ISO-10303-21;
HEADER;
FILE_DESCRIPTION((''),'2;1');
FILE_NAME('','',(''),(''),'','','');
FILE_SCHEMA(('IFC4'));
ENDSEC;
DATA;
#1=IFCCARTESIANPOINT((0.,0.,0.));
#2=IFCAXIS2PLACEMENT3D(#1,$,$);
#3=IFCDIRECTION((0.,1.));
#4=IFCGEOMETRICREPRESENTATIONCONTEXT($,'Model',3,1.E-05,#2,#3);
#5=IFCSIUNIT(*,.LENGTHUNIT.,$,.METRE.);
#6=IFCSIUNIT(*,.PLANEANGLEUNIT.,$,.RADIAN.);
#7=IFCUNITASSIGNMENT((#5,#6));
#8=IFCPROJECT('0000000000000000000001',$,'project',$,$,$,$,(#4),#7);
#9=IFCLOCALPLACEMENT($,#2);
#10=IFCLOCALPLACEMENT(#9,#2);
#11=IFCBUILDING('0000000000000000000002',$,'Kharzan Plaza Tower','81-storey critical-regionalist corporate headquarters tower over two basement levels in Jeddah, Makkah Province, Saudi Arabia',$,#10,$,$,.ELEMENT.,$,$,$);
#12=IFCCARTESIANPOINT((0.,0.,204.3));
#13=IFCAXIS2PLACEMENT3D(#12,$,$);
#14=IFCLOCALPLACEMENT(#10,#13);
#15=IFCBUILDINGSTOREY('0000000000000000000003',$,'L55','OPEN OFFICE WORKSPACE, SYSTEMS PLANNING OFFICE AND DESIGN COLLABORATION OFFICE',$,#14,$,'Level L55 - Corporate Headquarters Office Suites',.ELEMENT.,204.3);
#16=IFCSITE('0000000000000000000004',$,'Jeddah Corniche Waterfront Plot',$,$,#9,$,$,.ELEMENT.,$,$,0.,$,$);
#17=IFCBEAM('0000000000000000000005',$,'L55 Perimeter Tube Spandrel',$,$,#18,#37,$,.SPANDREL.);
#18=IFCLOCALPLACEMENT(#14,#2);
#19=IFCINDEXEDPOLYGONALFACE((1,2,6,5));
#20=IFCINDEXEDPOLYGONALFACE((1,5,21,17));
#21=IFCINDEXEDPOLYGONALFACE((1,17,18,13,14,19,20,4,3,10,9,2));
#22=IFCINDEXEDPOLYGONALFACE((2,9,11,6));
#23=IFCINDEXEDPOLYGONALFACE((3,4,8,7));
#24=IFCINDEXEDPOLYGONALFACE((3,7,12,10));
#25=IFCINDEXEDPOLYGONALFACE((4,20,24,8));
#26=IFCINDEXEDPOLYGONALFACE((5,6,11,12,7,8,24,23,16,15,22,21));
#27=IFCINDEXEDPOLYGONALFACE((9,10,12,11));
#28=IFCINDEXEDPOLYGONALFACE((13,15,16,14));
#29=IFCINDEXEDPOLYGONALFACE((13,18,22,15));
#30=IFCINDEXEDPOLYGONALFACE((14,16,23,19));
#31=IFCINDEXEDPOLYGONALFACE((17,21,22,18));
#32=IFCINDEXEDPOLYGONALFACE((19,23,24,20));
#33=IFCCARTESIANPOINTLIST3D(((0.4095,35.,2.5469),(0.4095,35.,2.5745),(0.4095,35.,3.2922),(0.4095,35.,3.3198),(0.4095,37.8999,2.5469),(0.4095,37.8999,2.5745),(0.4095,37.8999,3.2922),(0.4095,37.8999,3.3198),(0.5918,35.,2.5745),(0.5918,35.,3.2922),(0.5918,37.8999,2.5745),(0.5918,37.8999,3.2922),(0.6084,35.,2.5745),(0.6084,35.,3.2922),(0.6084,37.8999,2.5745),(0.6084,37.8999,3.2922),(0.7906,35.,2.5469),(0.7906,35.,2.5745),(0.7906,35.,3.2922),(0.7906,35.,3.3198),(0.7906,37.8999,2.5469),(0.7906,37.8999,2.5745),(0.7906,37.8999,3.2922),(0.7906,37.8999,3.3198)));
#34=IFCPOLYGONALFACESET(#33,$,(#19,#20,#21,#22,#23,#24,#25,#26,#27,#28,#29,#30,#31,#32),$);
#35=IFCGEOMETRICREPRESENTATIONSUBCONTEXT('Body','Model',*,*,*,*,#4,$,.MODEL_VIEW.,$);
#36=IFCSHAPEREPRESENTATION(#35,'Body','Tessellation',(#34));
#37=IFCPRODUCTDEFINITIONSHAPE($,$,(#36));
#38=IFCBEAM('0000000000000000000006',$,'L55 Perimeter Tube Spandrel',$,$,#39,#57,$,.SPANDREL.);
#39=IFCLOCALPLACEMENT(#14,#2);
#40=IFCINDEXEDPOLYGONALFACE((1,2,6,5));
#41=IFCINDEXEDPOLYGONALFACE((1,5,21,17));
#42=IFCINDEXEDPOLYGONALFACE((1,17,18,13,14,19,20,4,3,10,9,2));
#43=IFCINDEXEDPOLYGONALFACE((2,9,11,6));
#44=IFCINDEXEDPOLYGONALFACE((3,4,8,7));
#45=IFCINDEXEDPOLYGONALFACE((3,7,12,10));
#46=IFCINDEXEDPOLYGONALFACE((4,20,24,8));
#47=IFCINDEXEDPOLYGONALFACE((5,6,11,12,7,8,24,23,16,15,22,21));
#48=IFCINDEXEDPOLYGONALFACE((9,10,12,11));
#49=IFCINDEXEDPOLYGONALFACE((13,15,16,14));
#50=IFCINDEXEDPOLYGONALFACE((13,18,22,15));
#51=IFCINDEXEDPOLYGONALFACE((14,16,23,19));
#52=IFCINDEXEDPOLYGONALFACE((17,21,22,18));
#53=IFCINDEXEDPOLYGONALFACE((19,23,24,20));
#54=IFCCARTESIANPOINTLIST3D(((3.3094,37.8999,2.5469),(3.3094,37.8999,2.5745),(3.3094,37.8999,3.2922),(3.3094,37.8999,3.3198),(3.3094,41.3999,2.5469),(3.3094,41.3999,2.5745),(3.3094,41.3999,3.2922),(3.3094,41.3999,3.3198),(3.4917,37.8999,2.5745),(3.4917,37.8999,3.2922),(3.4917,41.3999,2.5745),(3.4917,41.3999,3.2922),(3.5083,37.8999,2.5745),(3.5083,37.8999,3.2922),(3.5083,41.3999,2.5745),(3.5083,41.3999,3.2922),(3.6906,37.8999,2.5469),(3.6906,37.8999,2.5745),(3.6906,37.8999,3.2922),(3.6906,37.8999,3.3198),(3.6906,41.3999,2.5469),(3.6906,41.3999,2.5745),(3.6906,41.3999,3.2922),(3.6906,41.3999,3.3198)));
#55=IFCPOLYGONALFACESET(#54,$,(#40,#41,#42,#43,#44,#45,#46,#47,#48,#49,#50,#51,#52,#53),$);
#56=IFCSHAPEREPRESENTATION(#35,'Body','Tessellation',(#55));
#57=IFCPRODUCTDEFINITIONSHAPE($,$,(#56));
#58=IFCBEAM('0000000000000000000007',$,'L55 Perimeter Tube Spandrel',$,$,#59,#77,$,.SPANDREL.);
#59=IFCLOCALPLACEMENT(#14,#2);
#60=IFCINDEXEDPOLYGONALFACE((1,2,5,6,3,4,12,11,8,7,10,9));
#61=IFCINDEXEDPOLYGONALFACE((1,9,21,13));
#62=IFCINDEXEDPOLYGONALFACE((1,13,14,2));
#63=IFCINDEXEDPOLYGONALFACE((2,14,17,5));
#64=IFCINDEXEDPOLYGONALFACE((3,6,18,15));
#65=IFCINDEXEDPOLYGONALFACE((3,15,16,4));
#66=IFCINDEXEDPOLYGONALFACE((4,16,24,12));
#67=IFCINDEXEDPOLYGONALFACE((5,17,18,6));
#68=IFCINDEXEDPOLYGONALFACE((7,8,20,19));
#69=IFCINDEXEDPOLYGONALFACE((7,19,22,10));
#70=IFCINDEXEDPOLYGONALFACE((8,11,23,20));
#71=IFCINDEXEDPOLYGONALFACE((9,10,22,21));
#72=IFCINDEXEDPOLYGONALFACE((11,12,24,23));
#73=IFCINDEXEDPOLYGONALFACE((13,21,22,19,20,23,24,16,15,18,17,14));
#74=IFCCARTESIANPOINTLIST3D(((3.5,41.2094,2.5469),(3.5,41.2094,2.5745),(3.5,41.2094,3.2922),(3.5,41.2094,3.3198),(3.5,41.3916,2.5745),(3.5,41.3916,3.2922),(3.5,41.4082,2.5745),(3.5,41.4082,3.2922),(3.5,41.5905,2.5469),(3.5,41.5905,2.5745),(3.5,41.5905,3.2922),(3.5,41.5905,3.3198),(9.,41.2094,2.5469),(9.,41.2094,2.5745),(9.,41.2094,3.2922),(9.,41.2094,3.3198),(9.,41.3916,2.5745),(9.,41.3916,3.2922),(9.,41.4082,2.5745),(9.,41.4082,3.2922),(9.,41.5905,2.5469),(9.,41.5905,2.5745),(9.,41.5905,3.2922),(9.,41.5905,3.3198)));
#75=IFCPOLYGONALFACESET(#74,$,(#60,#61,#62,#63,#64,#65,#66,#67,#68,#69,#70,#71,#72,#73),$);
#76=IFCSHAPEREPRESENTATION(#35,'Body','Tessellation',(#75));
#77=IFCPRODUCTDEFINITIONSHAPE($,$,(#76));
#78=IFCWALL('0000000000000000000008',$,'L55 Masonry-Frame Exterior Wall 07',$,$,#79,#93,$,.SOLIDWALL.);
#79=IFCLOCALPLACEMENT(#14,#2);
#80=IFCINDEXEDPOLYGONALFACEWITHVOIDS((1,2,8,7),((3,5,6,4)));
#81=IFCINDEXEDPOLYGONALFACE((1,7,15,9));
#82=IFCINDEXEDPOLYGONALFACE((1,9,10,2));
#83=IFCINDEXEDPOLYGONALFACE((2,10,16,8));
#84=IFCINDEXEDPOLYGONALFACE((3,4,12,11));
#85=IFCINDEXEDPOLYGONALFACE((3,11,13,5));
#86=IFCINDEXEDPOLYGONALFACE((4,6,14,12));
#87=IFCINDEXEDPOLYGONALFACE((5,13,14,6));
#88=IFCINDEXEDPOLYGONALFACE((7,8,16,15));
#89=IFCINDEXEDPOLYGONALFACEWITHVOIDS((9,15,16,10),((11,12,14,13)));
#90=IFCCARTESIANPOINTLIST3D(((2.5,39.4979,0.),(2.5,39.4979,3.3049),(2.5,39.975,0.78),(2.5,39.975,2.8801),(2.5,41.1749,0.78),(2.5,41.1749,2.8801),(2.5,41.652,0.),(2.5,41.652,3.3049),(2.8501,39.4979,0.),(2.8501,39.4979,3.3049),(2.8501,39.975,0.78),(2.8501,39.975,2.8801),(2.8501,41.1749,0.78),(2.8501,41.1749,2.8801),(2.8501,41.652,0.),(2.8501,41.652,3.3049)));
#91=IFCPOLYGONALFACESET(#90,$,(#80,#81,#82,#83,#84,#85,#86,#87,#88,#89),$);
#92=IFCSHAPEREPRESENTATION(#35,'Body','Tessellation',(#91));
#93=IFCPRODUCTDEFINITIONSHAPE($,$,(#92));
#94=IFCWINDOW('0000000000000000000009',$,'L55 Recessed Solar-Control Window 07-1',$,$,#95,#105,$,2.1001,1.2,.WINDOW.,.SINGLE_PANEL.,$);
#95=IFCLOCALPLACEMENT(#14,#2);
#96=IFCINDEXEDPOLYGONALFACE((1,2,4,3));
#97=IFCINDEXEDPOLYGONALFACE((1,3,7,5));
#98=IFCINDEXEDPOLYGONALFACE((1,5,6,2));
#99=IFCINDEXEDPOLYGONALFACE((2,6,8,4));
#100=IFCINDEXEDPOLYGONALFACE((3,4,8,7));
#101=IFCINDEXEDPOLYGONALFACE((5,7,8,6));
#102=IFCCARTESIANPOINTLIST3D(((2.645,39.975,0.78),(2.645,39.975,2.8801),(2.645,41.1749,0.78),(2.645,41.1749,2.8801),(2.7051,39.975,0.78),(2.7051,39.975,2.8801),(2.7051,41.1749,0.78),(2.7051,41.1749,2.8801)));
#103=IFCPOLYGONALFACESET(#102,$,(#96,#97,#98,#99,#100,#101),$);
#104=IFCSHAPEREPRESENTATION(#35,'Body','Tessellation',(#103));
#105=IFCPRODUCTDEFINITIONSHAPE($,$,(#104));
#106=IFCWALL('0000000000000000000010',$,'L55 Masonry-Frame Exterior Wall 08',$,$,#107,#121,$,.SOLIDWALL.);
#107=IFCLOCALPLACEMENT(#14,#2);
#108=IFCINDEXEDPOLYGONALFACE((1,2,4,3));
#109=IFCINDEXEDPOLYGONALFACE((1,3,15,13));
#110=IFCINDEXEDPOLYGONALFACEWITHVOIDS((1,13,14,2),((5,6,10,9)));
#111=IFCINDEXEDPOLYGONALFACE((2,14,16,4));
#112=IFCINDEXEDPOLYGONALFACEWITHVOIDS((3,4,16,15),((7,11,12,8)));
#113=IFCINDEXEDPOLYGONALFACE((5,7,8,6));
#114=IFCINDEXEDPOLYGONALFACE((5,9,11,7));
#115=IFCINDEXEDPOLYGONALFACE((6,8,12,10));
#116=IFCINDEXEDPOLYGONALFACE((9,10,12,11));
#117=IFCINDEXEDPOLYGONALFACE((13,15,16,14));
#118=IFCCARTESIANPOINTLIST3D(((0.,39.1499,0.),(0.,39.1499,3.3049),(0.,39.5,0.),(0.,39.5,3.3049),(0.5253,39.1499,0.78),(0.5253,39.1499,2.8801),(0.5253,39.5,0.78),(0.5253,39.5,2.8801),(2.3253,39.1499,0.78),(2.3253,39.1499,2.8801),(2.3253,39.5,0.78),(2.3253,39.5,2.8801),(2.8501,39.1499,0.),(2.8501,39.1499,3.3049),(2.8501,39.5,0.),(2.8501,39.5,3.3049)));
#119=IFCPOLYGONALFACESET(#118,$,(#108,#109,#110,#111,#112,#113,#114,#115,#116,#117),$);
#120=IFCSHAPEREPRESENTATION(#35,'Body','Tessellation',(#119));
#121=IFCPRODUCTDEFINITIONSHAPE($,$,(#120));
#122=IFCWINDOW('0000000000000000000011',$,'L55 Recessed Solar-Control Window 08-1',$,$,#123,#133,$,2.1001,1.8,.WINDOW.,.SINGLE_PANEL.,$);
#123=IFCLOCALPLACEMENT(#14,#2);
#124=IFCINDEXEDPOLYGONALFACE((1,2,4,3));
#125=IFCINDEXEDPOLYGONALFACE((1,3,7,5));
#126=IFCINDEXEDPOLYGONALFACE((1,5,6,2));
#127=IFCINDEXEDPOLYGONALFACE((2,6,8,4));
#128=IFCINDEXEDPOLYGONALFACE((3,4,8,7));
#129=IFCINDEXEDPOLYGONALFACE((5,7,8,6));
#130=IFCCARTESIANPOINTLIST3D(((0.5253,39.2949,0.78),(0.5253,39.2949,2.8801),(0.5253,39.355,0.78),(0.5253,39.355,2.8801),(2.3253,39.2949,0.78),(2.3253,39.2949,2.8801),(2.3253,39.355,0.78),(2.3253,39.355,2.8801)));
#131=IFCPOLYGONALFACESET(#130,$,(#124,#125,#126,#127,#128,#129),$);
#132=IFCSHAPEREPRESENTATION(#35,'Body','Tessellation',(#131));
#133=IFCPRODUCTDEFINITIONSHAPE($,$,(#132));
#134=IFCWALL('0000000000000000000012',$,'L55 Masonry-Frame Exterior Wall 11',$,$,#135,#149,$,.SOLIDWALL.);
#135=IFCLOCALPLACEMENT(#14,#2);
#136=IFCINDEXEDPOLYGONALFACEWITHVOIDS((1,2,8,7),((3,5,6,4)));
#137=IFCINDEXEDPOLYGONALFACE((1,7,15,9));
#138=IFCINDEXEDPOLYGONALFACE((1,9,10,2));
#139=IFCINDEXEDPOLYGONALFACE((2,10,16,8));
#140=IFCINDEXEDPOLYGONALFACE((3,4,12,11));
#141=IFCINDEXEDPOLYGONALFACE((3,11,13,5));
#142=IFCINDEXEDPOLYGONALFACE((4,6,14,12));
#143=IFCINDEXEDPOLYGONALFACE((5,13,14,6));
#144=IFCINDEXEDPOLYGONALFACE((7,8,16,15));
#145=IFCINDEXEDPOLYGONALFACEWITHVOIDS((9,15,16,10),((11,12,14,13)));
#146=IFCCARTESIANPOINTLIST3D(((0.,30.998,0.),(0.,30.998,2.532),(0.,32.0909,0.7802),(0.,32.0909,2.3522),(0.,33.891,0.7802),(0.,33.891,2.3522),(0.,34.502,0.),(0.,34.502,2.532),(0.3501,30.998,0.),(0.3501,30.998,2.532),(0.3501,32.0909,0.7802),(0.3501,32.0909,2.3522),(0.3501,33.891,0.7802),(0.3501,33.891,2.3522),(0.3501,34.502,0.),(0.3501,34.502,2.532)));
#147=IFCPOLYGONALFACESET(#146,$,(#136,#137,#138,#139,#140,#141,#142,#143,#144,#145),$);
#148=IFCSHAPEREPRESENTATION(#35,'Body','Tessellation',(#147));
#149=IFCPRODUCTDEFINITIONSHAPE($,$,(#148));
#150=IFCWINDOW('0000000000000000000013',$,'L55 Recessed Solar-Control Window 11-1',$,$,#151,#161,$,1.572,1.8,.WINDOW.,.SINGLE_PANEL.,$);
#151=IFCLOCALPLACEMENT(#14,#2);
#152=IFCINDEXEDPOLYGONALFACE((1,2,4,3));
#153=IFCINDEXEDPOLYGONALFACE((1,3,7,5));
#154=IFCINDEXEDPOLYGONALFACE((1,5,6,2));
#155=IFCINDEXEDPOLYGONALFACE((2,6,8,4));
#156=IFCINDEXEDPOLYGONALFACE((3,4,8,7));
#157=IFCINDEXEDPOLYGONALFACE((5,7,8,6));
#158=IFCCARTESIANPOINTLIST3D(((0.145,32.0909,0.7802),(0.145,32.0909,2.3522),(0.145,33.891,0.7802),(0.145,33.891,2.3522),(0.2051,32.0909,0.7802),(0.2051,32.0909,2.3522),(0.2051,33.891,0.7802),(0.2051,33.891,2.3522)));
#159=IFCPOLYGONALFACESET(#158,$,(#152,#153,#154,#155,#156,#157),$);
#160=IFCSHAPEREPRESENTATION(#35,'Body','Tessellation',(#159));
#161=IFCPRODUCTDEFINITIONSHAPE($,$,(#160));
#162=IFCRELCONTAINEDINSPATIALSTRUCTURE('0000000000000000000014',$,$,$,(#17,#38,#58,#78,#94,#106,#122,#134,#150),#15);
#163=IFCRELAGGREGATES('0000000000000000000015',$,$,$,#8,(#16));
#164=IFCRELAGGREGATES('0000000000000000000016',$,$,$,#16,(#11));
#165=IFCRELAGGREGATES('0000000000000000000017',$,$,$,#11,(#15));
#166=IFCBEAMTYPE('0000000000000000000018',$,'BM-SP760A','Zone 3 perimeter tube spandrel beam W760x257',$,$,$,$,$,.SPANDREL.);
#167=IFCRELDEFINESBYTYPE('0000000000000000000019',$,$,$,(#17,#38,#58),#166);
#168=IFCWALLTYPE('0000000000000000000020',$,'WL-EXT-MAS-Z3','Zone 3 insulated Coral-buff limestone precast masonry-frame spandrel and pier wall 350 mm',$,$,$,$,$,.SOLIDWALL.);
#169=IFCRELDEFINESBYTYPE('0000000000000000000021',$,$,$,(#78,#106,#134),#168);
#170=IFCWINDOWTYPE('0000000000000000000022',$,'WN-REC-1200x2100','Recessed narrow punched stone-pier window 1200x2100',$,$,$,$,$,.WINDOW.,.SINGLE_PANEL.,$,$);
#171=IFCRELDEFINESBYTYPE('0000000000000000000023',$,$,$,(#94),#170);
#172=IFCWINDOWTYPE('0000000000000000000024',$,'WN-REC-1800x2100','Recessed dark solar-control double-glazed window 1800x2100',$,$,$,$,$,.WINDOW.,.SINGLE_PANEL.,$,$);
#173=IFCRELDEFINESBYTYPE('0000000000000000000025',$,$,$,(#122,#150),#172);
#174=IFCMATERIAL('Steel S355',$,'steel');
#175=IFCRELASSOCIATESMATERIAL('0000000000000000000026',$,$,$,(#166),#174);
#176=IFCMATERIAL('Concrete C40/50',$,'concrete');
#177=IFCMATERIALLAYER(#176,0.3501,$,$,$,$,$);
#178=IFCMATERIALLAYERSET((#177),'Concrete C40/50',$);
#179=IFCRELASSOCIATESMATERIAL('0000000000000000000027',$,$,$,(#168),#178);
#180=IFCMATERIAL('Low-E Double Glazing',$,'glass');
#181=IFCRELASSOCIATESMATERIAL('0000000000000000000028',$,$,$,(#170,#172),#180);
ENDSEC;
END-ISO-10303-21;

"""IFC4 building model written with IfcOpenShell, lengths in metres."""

from ifc_helpers import new_model, si_unit, direction, frame, frame_2d, origin, origin_2d, place, context, subcontext, project, spatial, rectangle, i_section, extrude, source, transform, mapped, material, layer, layer_set, material_profile, profile_set, type_object, element, fill, save


model = new_model("IFC4")

# Units and contexts
model_context = context("Model", 3, precision=1e-05, world=origin(), true_north=direction((0.0, 1.0)))
body_context = subcontext(model_context, "Body", "Model", "MODEL_VIEW")
ifc_project = project(units=[si_unit("LENGTHUNIT", "METRE"), si_unit("PLANEANGLEUNIT", "RADIAN")], contexts=[model_context])

# Site, building, storey
site_placement = place(None, origin())
site = spatial("IfcSite", under=ifc_project, at=site_placement, Name="Jeddah Corniche Waterfront Plot", CompositionType="ELEMENT", RefElevation=0.0)
building_placement = place(site_placement, origin())
building = spatial("IfcBuilding", under=site, at=building_placement, Name="Kharzan Plaza Tower", Description="81-storey critical-regionalist corporate headquarters tower over two basement levels in Jeddah, Makkah Province, Saudi Arabia", CompositionType="ELEMENT")
storey_placement = place(building_placement, frame((0.0, 0.0, 204.3)))
storey = spatial("IfcBuildingStorey", under=building, at=storey_placement, Name="L55", Description="OPEN OFFICE WORKSPACE, SYSTEMS PLANNING OFFICE AND DESIGN COLLABORATION OFFICE", LongName="Level L55 - Corporate Headquarters Office Suites", CompositionType="ELEMENT", Elevation=204.3)

# Beams
ifc_material_1 = material(Name="Steel S355", Category="steel")
ifc_material_profile_1 = material_profile(ifc_material_1, i_section(OverallWidth=0.3811, OverallDepth=0.7729, WebThickness=0.0166, FlangeThickness=0.0276, at=origin_2d()), Name="W760x257")
ifc_profile_set_1 = profile_set([ifc_material_profile_1], Name="Steel S355")
beam_type_1 = type_object("IfcBeamType", Name="BM-SP760A", Description="Zone 3 perimeter tube spandrel beam W760x257", PredefinedType="SPANDREL", material=ifc_profile_set_1)
shared_shape_1 = source(origin(), body_context, "Body", "SweptSolid", [
    extrude(i_section(OverallWidth=0.3811, OverallDepth=0.7729, WebThickness=0.0166, FlangeThickness=0.0276, at=origin_2d()), origin(), (0.0, 0.0, 1.0), 2.8999),
])
beam_1_placement = place(storey_placement, frame((0.6001, 35.0, 2.9333), z_axis=(0.0, 1.0, 0.0), x_axis=(-1.0, 0.0, 0.0)))
element("IfcBeam", 1, at=beam_1_placement, inside=storey, type_object=beam_type_1, Name="L55 Perimeter Tube Spandrel", PredefinedType="SPANDREL", context=body_context, shape_type="MappedRepresentation", body=[
    mapped(shared_shape_1, transform((0.0, 0.0, 0.0), x_axis=(1.0, 0.0, 0.0), y_axis=(0.0, 1.0, 0.0), z_axis=(0.0, 0.0, 1.0))),
])
shared_shape_2 = source(origin(), body_context, "Body", "SweptSolid", [
    extrude(i_section(OverallWidth=0.3811, OverallDepth=0.7729, WebThickness=0.0166, FlangeThickness=0.0276, at=origin_2d()), origin(), (0.0, 0.0, 1.0), 3.5),
])
beam_2_placement = place(storey_placement, frame((3.5, 37.8999, 2.9333), z_axis=(0.0, 1.0, 0.0), x_axis=(-1.0, 0.0, 0.0)))
element("IfcBeam", 2, at=beam_2_placement, inside=storey, type_object=beam_type_1, Name="L55 Perimeter Tube Spandrel", PredefinedType="SPANDREL", context=body_context, shape_type="MappedRepresentation", body=[
    mapped(shared_shape_2, transform((0.0, 0.0, 0.0), x_axis=(1.0, 0.0, 0.0), y_axis=(0.0, 1.0, 0.0), z_axis=(0.0, 0.0, 1.0))),
])
shared_shape_3 = source(origin(), body_context, "Body", "SweptSolid", [
    extrude(i_section(OverallWidth=0.3811, OverallDepth=0.7729, WebThickness=0.0166, FlangeThickness=0.0276, at=origin_2d()), origin(), (0.0, 0.0, 1.0), 5.5),
])
beam_3_placement = place(storey_placement, frame((3.5, 41.3999, 2.9333), z_axis=(1.0, 0.0, 0.0), x_axis=(0.0, 1.0, 0.0)))
element("IfcBeam", 3, at=beam_3_placement, inside=storey, type_object=beam_type_1, Name="L55 Perimeter Tube Spandrel", PredefinedType="SPANDREL", context=body_context, shape_type="MappedRepresentation", body=[
    mapped(shared_shape_3, transform((0.0, 0.0, 0.0), x_axis=(1.0, 0.0, 0.0), y_axis=(0.0, 1.0, 0.0), z_axis=(0.0, 0.0, 1.0))),
])

# Walls, openings, windows
ifc_material_2 = material(Name="Concrete C40/50", Category="concrete")
ifc_layer_1 = layer(ifc_material_2, 0.3501)
ifc_layer_set_1 = layer_set([ifc_layer_1], Name="Concrete C40/50")
wall_type_1 = type_object("IfcWallType", Name="WL-EXT-MAS-Z3", Description="Zone 3 insulated Coral-buff limestone precast masonry-frame spandrel and pier wall 350 mm", PredefinedType="SOLIDWALL", material=ifc_layer_set_1)
wall_1_placement = place(storey_placement, frame((2.675, 41.6521, 0.0), z_axis=(0.0, 0.0, 1.0), x_axis=(0.0, -1.0, 0.0)))
wall_1 = element("IfcWall", 4, at=wall_1_placement, inside=storey, type_object=wall_type_1, Name="L55 Masonry-Frame Exterior Wall 07", PredefinedType="SOLIDWALL", context=body_context, shape_type="SweptSolid", body=[
    extrude(rectangle(XDim=2.1541, YDim=0.3501, at=frame_2d((1.0771, 0.0))), origin(), (0.0, 0.0, 1.0), 3.3049),
])
opening_1_placement = place(wall_1_placement, frame((0.4771, 0.0, 0.78)))
opening_1 = element("IfcOpeningElement", 5, at=opening_1_placement, cuts=wall_1, PredefinedType="OPENING", context=body_context, shape_type="SweptSolid", body=[
    extrude(rectangle(XDim=1.2, YDim=2.1001, at=frame_2d((0.6001, 1.05))), frame((0.0, 0.1851, 0.0), z_axis=(0.0, -1.0, 0.0), x_axis=(1.0, 0.0, 0.0)), (0.0, 0.0, 1.0), 0.3701),
])
ifc_material_3 = material(Name="Low-E Double Glazing", Category="glass")
window_type_1 = type_object("IfcWindowType", Name="WN-REC-1200x2100", Description="Recessed narrow punched stone-pier window 1200x2100", PartitioningType="SINGLE_PANEL", PredefinedType="WINDOW", material=ifc_material_3)
shared_shape_4 = source(origin(), body_context, "Body", "SweptSolid", [
    extrude(rectangle(XDim=1.2, YDim=2.1001, at=frame_2d((0.6001, 1.05))), frame((0.0, 0.03, 0.0), z_axis=(0.0, -1.0, 0.0), x_axis=(1.0, 0.0, 0.0)), (0.0, 0.0, 1.0), 0.0601),
])
window_1_placement = place(opening_1_placement, origin())
window_1 = element("IfcWindow", 6, at=window_1_placement, inside=storey, type_object=window_type_1, Name="L55 Recessed Solar-Control Window 07-1", OverallHeight=2.1001, OverallWidth=1.2, PartitioningType="SINGLE_PANEL", PredefinedType="WINDOW", context=body_context, shape_type="MappedRepresentation", body=[
    mapped(shared_shape_4, transform((0.0, 0.0, 0.0), x_axis=(1.0, 0.0, 0.0), y_axis=(0.0, 1.0, 0.0), z_axis=(0.0, 0.0, 1.0))),
])
fill(opening_1, window_1)
wall_2_placement = place(storey_placement, frame((2.8501, 39.325, 0.0), z_axis=(0.0, 0.0, 1.0), x_axis=(-1.0, 0.0, 0.0)))
wall_2 = element("IfcWall", 7, at=wall_2_placement, inside=storey, type_object=wall_type_1, Name="L55 Masonry-Frame Exterior Wall 08", PredefinedType="SOLIDWALL", context=body_context, shape_type="SweptSolid", body=[
    extrude(rectangle(XDim=2.8501, YDim=0.3501, at=frame_2d((1.425, 0.0))), origin(), (0.0, 0.0, 1.0), 3.3049),
])
opening_2_placement = place(wall_2_placement, frame((0.5249, 0.0, 0.78)))
opening_2 = element("IfcOpeningElement", 8, at=opening_2_placement, cuts=wall_2, PredefinedType="OPENING", context=body_context, shape_type="SweptSolid", body=[
    extrude(rectangle(XDim=1.8, YDim=2.1001, at=frame_2d((0.8999, 1.05))), frame((0.0, 0.1851, 0.0), z_axis=(0.0, -1.0, 0.0), x_axis=(1.0, 0.0, 0.0)), (0.0, 0.0, 1.0), 0.3701),
])
window_type_2 = type_object("IfcWindowType", Name="WN-REC-1800x2100", Description="Recessed dark solar-control double-glazed window 1800x2100", PartitioningType="SINGLE_PANEL", PredefinedType="WINDOW", material=ifc_material_3)
shared_shape_5 = source(origin(), body_context, "Body", "SweptSolid", [
    extrude(rectangle(XDim=1.8, YDim=2.1001, at=frame_2d((0.8999, 1.05))), frame((0.0, 0.03, 0.0), z_axis=(0.0, -1.0, 0.0), x_axis=(1.0, 0.0, 0.0)), (0.0, 0.0, 1.0), 0.0601),
])
window_2_placement = place(opening_2_placement, origin())
window_2 = element("IfcWindow", 9, at=window_2_placement, inside=storey, type_object=window_type_2, Name="L55 Recessed Solar-Control Window 08-1", OverallHeight=2.1001, OverallWidth=1.8, PartitioningType="SINGLE_PANEL", PredefinedType="WINDOW", context=body_context, shape_type="MappedRepresentation", body=[
    mapped(shared_shape_5, transform((0.0, 0.0, 0.0), x_axis=(1.0, 0.0, 0.0), y_axis=(0.0, 1.0, 0.0), z_axis=(0.0, 0.0, 1.0))),
])
fill(opening_2, window_2)
wall_3_placement = place(storey_placement, frame((0.175, 34.502, 0.0), z_axis=(0.0, 0.0, 1.0), x_axis=(0.0, -1.0, 0.0)))
wall_3 = element("IfcWall", 10, at=wall_3_placement, inside=storey, type_object=wall_type_1, Name="L55 Masonry-Frame Exterior Wall 11", PredefinedType="SOLIDWALL", context=body_context, shape_type="SweptSolid", body=[
    extrude(rectangle(XDim=3.5039, YDim=0.3501, at=frame_2d((1.752, 0.0))), origin(), (0.0, 0.0, 1.0), 2.532),
])
opening_3_placement = place(wall_3_placement, frame((0.6111, 0.0, 0.78)))
opening_3 = element("IfcOpeningElement", 11, at=opening_3_placement, cuts=wall_3, PredefinedType="OPENING", context=body_context, shape_type="SweptSolid", body=[
    extrude(rectangle(XDim=1.8, YDim=1.572, at=frame_2d((0.8999, 0.7861))), frame((0.0, 0.1851, 0.0), z_axis=(0.0, -1.0, 0.0), x_axis=(1.0, 0.0, 0.0)), (0.0, 0.0, 1.0), 0.3701),
])
shared_shape_6 = source(origin(), body_context, "Body", "SweptSolid", [
    extrude(rectangle(XDim=1.8, YDim=1.572, at=frame_2d((0.8999, 0.7861))), frame((0.0, 0.03, 0.0), z_axis=(0.0, -1.0, 0.0), x_axis=(1.0, 0.0, 0.0)), (0.0, 0.0, 1.0), 0.0601),
])
window_3_placement = place(opening_3_placement, origin())
window_3 = element("IfcWindow", 12, at=window_3_placement, inside=storey, type_object=window_type_2, Name="L55 Recessed Solar-Control Window 11-1", OverallHeight=1.572, OverallWidth=1.8, PartitioningType="SINGLE_PANEL", PredefinedType="WINDOW", context=body_context, shape_type="MappedRepresentation", body=[
    mapped(shared_shape_6, transform((0.0, 0.0, 0.0), x_axis=(1.0, 0.0, 0.0), y_axis=(0.0, 1.0, 0.0), z_axis=(0.0, 0.0, 1.0))),
])
fill(opening_3, window_3)

save(model, "model.ifc")
